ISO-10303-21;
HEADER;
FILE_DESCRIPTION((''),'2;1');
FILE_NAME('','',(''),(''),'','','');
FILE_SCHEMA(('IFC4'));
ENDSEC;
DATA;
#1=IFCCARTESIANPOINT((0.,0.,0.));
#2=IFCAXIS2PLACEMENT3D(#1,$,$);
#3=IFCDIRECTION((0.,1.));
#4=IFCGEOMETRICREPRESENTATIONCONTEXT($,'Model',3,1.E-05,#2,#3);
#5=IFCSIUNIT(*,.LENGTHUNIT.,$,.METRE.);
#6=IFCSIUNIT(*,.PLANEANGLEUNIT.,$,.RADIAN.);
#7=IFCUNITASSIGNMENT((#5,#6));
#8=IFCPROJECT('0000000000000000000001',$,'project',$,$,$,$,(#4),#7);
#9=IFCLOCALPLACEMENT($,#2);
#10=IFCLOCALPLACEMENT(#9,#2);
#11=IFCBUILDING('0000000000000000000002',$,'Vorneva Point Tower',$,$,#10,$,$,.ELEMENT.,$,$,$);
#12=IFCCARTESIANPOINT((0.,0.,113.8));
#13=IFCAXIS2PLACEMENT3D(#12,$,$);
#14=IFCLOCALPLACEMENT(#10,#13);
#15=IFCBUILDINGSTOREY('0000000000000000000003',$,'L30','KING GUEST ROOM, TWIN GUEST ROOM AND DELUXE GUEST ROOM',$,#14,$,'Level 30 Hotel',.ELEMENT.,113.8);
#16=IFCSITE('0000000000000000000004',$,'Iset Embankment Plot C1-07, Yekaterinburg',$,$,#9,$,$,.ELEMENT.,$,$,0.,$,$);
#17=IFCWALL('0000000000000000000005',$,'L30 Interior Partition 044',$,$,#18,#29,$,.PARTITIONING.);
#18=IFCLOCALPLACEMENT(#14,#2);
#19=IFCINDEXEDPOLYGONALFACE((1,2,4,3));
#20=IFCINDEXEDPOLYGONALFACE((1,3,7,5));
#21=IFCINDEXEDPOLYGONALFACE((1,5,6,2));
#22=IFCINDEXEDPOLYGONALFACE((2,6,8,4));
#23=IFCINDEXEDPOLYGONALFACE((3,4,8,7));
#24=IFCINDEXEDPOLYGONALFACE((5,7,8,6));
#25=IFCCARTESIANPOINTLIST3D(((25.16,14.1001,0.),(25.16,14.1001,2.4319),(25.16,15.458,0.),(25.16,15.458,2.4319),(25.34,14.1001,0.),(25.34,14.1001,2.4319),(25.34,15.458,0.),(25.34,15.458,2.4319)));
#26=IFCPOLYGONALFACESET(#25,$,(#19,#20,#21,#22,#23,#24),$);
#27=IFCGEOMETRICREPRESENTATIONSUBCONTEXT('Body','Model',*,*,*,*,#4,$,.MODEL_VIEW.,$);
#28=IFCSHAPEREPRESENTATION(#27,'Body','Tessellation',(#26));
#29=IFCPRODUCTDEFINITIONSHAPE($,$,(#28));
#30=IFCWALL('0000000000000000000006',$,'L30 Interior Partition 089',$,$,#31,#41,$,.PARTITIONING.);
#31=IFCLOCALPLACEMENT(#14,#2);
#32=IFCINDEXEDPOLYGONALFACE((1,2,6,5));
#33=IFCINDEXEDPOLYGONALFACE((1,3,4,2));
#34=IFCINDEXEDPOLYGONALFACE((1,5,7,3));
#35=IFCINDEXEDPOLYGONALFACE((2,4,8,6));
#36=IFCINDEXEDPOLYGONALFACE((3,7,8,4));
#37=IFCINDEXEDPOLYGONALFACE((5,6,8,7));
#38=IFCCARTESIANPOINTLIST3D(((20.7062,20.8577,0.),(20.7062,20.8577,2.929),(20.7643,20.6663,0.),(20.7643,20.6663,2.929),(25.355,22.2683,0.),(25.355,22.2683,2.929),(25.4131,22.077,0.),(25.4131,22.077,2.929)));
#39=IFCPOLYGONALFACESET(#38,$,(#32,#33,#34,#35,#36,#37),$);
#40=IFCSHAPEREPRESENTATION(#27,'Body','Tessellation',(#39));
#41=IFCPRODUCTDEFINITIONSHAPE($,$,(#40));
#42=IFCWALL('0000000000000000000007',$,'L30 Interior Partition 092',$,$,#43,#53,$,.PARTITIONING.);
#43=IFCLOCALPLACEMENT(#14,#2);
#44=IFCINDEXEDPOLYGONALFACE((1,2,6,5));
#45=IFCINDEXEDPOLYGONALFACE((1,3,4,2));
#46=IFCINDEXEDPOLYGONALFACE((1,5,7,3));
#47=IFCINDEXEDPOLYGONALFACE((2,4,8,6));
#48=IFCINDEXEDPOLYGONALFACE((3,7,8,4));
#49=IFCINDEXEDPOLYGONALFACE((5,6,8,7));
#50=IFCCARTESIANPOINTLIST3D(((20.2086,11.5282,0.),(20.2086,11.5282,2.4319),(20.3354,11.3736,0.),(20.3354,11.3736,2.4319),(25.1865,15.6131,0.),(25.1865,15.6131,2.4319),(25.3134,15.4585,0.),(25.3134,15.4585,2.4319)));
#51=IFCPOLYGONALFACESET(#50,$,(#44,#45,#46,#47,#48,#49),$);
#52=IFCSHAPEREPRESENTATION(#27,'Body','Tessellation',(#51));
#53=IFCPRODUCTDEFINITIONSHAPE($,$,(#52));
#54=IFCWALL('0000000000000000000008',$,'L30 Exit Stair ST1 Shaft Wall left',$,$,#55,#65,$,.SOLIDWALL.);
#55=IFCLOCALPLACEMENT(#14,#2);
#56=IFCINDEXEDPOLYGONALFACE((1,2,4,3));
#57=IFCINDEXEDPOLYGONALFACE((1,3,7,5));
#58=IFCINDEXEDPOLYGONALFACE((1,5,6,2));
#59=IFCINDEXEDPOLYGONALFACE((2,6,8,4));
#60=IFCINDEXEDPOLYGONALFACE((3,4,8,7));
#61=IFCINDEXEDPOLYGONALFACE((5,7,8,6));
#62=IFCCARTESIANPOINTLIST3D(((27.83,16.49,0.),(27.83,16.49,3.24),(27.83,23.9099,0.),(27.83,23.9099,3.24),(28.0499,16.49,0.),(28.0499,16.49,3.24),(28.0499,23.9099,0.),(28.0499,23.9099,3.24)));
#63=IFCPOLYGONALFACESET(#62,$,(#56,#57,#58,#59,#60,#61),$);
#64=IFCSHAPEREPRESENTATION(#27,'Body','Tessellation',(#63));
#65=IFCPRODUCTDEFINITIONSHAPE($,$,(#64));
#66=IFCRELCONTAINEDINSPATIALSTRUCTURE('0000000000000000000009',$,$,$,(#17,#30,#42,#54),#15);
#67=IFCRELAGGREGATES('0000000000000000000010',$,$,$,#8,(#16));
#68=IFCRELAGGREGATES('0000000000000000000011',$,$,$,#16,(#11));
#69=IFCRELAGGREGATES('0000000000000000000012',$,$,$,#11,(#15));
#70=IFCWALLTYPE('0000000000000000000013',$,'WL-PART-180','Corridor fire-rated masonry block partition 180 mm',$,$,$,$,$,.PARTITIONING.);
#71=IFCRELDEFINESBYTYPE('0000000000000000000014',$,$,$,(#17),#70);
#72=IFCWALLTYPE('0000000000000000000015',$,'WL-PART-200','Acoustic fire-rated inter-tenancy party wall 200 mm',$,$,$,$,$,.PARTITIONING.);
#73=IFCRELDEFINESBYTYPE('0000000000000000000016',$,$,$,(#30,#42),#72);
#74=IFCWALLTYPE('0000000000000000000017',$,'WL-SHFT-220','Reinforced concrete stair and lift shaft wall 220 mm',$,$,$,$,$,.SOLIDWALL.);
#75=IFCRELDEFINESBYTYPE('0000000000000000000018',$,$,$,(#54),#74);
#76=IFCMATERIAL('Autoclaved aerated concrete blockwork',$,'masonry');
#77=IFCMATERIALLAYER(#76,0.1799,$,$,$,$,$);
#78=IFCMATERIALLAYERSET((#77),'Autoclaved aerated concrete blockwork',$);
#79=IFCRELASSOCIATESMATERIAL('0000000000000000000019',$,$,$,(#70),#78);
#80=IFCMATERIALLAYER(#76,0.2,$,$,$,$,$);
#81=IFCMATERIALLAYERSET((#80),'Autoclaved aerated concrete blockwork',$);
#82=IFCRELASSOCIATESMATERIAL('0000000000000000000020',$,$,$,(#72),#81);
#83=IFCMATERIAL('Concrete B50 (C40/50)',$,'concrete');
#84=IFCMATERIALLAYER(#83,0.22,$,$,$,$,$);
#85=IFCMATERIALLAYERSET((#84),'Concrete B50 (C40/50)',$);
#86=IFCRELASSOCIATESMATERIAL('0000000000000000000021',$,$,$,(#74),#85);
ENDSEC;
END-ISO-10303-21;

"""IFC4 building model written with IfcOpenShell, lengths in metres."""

from ifc_helpers import new_model, si_unit, direction, frame, frame_2d, origin, place, context, subcontext, project, spatial, rectangle, extrude, material, layer, layer_set, type_object, element, save


model = new_model("IFC4")

# Units and contexts
model_context = context("Model", 3, precision=1e-05, world=origin(), true_north=direction((0.0, 1.0)))
body_context = subcontext(model_context, "Body", "Model", "MODEL_VIEW")
ifc_project = project(units=[si_unit("LENGTHUNIT", "METRE"), si_unit("PLANEANGLEUNIT", "RADIAN")], contexts=[model_context])

# Site, building, storey
site_placement = place(None, origin())
site = spatial("IfcSite", under=ifc_project, at=site_placement, Name="Iset Embankment Plot C1-07, Yekaterinburg", CompositionType="ELEMENT", RefElevation=0.0)
building_placement = place(site_placement, origin())
building = spatial("IfcBuilding", under=site, at=building_placement, Name="Vorneva Point Tower", CompositionType="ELEMENT")
storey_placement = place(building_placement, frame((0.0, 0.0, 113.8)))
storey = spatial("IfcBuildingStorey", under=building, at=storey_placement, Name="L30", Description="KING GUEST ROOM, TWIN GUEST ROOM AND DELUXE GUEST ROOM", LongName="Level 30 Hotel", CompositionType="ELEMENT", Elevation=113.8)

# Shared definitions
ifc_material_1 = material(Name="Autoclaved aerated concrete blockwork", Category="masonry")
ifc_layer_1 = layer(ifc_material_1, 0.1799)
ifc_layer_set_1 = layer_set([ifc_layer_1], Name="Autoclaved aerated concrete blockwork")
wall_type_1 = type_object("IfcWallType", Name="WL-PART-180", Description="Corridor fire-rated masonry block partition 180 mm", PredefinedType="PARTITIONING", material=ifc_layer_set_1)

# Wall
wall_1_placement = place(storey_placement, frame((25.25, 15.458, 0.0), z_axis=(0.0, 0.0, 1.0), x_axis=(0.0, -1.0, 0.0)))
element("IfcWall", 1, at=wall_1_placement, inside=storey, type_object=wall_type_1, Name="L30 Interior Partition 044", PredefinedType="PARTITIONING", context=body_context, shape_type="SweptSolid", body=[
    extrude(rectangle(XDim=1.3579, YDim=0.1799, at=frame_2d((0.679, 0.0))), origin(), (0.0, 0.0, 1.0), 2.4319),
])

# Walls
ifc_layer_2 = layer(ifc_material_1, 0.2)
ifc_layer_set_2 = layer_set([ifc_layer_2], Name="Autoclaved aerated concrete blockwork")
wall_type_2 = type_object("IfcWallType", Name="WL-PART-200", Description="Acoustic fire-rated inter-tenancy party wall 200 mm", PredefinedType="PARTITIONING", material=ifc_layer_set_2)
wall_2_placement = place(storey_placement, frame((20.7351, 20.762, 0.0), z_axis=(0.0, 0.0, 1.0), x_axis=(0.956917, 0.290362, 0.0)))
element("IfcWall", 2, at=wall_2_placement, inside=storey, type_object=wall_type_2, Name="L30 Interior Partition 089", PredefinedType="PARTITIONING", context=body_context, shape_type="SweptSolid", body=[
    extrude(rectangle(XDim=4.8582, YDim=0.2, at=frame_2d((2.4292, 0.0))), origin(), (0.0, 0.0, 1.0), 2.929),
])
wall_3_placement = place(storey_placement, frame((20.272, 11.4509, 0.0), z_axis=(0.0, 0.0, 1.0), x_axis=(0.773041, 0.634356, 0.0)))
element("IfcWall", 3, at=wall_3_placement, inside=storey, type_object=wall_type_2, Name="L30 Interior Partition 092", PredefinedType="PARTITIONING", context=body_context, shape_type="SweptSolid", body=[
    extrude(rectangle(XDim=6.4395, YDim=0.2, at=frame_2d((3.2197, 0.0))), origin(), (0.0, 0.0, 1.0), 2.4319),
])

# Shared definitions
ifc_material_2 = material(Name="Concrete B50 (C40/50)", Category="concrete")
ifc_layer_3 = layer(ifc_material_2, 0.22)
ifc_layer_set_3 = layer_set([ifc_layer_3], Name="Concrete B50 (C40/50)")
wall_type_3 = type_object("IfcWallType", Name="WL-SHFT-220", Description="Reinforced concrete stair and lift shaft wall 220 mm", PredefinedType="SOLIDWALL", material=ifc_layer_set_3)

# Wall
wall_4_placement = place(storey_placement, frame((27.9399, 16.49, 0.0), z_axis=(0.0, 0.0, 1.0), x_axis=(0.0, 1.0, 0.0)))
element("IfcWall", 4, at=wall_4_placement, inside=storey, type_object=wall_type_3, Name="L30 Exit Stair ST1 Shaft Wall left", PredefinedType="SOLIDWALL", context=body_context, shape_type="SweptSolid", body=[
    extrude(rectangle(XDim=7.4199, YDim=0.22, at=frame_2d((3.71, 0.0))), origin(), (0.0, 0.0, 1.0), 3.24),
])

save(model, "model.ifc")
